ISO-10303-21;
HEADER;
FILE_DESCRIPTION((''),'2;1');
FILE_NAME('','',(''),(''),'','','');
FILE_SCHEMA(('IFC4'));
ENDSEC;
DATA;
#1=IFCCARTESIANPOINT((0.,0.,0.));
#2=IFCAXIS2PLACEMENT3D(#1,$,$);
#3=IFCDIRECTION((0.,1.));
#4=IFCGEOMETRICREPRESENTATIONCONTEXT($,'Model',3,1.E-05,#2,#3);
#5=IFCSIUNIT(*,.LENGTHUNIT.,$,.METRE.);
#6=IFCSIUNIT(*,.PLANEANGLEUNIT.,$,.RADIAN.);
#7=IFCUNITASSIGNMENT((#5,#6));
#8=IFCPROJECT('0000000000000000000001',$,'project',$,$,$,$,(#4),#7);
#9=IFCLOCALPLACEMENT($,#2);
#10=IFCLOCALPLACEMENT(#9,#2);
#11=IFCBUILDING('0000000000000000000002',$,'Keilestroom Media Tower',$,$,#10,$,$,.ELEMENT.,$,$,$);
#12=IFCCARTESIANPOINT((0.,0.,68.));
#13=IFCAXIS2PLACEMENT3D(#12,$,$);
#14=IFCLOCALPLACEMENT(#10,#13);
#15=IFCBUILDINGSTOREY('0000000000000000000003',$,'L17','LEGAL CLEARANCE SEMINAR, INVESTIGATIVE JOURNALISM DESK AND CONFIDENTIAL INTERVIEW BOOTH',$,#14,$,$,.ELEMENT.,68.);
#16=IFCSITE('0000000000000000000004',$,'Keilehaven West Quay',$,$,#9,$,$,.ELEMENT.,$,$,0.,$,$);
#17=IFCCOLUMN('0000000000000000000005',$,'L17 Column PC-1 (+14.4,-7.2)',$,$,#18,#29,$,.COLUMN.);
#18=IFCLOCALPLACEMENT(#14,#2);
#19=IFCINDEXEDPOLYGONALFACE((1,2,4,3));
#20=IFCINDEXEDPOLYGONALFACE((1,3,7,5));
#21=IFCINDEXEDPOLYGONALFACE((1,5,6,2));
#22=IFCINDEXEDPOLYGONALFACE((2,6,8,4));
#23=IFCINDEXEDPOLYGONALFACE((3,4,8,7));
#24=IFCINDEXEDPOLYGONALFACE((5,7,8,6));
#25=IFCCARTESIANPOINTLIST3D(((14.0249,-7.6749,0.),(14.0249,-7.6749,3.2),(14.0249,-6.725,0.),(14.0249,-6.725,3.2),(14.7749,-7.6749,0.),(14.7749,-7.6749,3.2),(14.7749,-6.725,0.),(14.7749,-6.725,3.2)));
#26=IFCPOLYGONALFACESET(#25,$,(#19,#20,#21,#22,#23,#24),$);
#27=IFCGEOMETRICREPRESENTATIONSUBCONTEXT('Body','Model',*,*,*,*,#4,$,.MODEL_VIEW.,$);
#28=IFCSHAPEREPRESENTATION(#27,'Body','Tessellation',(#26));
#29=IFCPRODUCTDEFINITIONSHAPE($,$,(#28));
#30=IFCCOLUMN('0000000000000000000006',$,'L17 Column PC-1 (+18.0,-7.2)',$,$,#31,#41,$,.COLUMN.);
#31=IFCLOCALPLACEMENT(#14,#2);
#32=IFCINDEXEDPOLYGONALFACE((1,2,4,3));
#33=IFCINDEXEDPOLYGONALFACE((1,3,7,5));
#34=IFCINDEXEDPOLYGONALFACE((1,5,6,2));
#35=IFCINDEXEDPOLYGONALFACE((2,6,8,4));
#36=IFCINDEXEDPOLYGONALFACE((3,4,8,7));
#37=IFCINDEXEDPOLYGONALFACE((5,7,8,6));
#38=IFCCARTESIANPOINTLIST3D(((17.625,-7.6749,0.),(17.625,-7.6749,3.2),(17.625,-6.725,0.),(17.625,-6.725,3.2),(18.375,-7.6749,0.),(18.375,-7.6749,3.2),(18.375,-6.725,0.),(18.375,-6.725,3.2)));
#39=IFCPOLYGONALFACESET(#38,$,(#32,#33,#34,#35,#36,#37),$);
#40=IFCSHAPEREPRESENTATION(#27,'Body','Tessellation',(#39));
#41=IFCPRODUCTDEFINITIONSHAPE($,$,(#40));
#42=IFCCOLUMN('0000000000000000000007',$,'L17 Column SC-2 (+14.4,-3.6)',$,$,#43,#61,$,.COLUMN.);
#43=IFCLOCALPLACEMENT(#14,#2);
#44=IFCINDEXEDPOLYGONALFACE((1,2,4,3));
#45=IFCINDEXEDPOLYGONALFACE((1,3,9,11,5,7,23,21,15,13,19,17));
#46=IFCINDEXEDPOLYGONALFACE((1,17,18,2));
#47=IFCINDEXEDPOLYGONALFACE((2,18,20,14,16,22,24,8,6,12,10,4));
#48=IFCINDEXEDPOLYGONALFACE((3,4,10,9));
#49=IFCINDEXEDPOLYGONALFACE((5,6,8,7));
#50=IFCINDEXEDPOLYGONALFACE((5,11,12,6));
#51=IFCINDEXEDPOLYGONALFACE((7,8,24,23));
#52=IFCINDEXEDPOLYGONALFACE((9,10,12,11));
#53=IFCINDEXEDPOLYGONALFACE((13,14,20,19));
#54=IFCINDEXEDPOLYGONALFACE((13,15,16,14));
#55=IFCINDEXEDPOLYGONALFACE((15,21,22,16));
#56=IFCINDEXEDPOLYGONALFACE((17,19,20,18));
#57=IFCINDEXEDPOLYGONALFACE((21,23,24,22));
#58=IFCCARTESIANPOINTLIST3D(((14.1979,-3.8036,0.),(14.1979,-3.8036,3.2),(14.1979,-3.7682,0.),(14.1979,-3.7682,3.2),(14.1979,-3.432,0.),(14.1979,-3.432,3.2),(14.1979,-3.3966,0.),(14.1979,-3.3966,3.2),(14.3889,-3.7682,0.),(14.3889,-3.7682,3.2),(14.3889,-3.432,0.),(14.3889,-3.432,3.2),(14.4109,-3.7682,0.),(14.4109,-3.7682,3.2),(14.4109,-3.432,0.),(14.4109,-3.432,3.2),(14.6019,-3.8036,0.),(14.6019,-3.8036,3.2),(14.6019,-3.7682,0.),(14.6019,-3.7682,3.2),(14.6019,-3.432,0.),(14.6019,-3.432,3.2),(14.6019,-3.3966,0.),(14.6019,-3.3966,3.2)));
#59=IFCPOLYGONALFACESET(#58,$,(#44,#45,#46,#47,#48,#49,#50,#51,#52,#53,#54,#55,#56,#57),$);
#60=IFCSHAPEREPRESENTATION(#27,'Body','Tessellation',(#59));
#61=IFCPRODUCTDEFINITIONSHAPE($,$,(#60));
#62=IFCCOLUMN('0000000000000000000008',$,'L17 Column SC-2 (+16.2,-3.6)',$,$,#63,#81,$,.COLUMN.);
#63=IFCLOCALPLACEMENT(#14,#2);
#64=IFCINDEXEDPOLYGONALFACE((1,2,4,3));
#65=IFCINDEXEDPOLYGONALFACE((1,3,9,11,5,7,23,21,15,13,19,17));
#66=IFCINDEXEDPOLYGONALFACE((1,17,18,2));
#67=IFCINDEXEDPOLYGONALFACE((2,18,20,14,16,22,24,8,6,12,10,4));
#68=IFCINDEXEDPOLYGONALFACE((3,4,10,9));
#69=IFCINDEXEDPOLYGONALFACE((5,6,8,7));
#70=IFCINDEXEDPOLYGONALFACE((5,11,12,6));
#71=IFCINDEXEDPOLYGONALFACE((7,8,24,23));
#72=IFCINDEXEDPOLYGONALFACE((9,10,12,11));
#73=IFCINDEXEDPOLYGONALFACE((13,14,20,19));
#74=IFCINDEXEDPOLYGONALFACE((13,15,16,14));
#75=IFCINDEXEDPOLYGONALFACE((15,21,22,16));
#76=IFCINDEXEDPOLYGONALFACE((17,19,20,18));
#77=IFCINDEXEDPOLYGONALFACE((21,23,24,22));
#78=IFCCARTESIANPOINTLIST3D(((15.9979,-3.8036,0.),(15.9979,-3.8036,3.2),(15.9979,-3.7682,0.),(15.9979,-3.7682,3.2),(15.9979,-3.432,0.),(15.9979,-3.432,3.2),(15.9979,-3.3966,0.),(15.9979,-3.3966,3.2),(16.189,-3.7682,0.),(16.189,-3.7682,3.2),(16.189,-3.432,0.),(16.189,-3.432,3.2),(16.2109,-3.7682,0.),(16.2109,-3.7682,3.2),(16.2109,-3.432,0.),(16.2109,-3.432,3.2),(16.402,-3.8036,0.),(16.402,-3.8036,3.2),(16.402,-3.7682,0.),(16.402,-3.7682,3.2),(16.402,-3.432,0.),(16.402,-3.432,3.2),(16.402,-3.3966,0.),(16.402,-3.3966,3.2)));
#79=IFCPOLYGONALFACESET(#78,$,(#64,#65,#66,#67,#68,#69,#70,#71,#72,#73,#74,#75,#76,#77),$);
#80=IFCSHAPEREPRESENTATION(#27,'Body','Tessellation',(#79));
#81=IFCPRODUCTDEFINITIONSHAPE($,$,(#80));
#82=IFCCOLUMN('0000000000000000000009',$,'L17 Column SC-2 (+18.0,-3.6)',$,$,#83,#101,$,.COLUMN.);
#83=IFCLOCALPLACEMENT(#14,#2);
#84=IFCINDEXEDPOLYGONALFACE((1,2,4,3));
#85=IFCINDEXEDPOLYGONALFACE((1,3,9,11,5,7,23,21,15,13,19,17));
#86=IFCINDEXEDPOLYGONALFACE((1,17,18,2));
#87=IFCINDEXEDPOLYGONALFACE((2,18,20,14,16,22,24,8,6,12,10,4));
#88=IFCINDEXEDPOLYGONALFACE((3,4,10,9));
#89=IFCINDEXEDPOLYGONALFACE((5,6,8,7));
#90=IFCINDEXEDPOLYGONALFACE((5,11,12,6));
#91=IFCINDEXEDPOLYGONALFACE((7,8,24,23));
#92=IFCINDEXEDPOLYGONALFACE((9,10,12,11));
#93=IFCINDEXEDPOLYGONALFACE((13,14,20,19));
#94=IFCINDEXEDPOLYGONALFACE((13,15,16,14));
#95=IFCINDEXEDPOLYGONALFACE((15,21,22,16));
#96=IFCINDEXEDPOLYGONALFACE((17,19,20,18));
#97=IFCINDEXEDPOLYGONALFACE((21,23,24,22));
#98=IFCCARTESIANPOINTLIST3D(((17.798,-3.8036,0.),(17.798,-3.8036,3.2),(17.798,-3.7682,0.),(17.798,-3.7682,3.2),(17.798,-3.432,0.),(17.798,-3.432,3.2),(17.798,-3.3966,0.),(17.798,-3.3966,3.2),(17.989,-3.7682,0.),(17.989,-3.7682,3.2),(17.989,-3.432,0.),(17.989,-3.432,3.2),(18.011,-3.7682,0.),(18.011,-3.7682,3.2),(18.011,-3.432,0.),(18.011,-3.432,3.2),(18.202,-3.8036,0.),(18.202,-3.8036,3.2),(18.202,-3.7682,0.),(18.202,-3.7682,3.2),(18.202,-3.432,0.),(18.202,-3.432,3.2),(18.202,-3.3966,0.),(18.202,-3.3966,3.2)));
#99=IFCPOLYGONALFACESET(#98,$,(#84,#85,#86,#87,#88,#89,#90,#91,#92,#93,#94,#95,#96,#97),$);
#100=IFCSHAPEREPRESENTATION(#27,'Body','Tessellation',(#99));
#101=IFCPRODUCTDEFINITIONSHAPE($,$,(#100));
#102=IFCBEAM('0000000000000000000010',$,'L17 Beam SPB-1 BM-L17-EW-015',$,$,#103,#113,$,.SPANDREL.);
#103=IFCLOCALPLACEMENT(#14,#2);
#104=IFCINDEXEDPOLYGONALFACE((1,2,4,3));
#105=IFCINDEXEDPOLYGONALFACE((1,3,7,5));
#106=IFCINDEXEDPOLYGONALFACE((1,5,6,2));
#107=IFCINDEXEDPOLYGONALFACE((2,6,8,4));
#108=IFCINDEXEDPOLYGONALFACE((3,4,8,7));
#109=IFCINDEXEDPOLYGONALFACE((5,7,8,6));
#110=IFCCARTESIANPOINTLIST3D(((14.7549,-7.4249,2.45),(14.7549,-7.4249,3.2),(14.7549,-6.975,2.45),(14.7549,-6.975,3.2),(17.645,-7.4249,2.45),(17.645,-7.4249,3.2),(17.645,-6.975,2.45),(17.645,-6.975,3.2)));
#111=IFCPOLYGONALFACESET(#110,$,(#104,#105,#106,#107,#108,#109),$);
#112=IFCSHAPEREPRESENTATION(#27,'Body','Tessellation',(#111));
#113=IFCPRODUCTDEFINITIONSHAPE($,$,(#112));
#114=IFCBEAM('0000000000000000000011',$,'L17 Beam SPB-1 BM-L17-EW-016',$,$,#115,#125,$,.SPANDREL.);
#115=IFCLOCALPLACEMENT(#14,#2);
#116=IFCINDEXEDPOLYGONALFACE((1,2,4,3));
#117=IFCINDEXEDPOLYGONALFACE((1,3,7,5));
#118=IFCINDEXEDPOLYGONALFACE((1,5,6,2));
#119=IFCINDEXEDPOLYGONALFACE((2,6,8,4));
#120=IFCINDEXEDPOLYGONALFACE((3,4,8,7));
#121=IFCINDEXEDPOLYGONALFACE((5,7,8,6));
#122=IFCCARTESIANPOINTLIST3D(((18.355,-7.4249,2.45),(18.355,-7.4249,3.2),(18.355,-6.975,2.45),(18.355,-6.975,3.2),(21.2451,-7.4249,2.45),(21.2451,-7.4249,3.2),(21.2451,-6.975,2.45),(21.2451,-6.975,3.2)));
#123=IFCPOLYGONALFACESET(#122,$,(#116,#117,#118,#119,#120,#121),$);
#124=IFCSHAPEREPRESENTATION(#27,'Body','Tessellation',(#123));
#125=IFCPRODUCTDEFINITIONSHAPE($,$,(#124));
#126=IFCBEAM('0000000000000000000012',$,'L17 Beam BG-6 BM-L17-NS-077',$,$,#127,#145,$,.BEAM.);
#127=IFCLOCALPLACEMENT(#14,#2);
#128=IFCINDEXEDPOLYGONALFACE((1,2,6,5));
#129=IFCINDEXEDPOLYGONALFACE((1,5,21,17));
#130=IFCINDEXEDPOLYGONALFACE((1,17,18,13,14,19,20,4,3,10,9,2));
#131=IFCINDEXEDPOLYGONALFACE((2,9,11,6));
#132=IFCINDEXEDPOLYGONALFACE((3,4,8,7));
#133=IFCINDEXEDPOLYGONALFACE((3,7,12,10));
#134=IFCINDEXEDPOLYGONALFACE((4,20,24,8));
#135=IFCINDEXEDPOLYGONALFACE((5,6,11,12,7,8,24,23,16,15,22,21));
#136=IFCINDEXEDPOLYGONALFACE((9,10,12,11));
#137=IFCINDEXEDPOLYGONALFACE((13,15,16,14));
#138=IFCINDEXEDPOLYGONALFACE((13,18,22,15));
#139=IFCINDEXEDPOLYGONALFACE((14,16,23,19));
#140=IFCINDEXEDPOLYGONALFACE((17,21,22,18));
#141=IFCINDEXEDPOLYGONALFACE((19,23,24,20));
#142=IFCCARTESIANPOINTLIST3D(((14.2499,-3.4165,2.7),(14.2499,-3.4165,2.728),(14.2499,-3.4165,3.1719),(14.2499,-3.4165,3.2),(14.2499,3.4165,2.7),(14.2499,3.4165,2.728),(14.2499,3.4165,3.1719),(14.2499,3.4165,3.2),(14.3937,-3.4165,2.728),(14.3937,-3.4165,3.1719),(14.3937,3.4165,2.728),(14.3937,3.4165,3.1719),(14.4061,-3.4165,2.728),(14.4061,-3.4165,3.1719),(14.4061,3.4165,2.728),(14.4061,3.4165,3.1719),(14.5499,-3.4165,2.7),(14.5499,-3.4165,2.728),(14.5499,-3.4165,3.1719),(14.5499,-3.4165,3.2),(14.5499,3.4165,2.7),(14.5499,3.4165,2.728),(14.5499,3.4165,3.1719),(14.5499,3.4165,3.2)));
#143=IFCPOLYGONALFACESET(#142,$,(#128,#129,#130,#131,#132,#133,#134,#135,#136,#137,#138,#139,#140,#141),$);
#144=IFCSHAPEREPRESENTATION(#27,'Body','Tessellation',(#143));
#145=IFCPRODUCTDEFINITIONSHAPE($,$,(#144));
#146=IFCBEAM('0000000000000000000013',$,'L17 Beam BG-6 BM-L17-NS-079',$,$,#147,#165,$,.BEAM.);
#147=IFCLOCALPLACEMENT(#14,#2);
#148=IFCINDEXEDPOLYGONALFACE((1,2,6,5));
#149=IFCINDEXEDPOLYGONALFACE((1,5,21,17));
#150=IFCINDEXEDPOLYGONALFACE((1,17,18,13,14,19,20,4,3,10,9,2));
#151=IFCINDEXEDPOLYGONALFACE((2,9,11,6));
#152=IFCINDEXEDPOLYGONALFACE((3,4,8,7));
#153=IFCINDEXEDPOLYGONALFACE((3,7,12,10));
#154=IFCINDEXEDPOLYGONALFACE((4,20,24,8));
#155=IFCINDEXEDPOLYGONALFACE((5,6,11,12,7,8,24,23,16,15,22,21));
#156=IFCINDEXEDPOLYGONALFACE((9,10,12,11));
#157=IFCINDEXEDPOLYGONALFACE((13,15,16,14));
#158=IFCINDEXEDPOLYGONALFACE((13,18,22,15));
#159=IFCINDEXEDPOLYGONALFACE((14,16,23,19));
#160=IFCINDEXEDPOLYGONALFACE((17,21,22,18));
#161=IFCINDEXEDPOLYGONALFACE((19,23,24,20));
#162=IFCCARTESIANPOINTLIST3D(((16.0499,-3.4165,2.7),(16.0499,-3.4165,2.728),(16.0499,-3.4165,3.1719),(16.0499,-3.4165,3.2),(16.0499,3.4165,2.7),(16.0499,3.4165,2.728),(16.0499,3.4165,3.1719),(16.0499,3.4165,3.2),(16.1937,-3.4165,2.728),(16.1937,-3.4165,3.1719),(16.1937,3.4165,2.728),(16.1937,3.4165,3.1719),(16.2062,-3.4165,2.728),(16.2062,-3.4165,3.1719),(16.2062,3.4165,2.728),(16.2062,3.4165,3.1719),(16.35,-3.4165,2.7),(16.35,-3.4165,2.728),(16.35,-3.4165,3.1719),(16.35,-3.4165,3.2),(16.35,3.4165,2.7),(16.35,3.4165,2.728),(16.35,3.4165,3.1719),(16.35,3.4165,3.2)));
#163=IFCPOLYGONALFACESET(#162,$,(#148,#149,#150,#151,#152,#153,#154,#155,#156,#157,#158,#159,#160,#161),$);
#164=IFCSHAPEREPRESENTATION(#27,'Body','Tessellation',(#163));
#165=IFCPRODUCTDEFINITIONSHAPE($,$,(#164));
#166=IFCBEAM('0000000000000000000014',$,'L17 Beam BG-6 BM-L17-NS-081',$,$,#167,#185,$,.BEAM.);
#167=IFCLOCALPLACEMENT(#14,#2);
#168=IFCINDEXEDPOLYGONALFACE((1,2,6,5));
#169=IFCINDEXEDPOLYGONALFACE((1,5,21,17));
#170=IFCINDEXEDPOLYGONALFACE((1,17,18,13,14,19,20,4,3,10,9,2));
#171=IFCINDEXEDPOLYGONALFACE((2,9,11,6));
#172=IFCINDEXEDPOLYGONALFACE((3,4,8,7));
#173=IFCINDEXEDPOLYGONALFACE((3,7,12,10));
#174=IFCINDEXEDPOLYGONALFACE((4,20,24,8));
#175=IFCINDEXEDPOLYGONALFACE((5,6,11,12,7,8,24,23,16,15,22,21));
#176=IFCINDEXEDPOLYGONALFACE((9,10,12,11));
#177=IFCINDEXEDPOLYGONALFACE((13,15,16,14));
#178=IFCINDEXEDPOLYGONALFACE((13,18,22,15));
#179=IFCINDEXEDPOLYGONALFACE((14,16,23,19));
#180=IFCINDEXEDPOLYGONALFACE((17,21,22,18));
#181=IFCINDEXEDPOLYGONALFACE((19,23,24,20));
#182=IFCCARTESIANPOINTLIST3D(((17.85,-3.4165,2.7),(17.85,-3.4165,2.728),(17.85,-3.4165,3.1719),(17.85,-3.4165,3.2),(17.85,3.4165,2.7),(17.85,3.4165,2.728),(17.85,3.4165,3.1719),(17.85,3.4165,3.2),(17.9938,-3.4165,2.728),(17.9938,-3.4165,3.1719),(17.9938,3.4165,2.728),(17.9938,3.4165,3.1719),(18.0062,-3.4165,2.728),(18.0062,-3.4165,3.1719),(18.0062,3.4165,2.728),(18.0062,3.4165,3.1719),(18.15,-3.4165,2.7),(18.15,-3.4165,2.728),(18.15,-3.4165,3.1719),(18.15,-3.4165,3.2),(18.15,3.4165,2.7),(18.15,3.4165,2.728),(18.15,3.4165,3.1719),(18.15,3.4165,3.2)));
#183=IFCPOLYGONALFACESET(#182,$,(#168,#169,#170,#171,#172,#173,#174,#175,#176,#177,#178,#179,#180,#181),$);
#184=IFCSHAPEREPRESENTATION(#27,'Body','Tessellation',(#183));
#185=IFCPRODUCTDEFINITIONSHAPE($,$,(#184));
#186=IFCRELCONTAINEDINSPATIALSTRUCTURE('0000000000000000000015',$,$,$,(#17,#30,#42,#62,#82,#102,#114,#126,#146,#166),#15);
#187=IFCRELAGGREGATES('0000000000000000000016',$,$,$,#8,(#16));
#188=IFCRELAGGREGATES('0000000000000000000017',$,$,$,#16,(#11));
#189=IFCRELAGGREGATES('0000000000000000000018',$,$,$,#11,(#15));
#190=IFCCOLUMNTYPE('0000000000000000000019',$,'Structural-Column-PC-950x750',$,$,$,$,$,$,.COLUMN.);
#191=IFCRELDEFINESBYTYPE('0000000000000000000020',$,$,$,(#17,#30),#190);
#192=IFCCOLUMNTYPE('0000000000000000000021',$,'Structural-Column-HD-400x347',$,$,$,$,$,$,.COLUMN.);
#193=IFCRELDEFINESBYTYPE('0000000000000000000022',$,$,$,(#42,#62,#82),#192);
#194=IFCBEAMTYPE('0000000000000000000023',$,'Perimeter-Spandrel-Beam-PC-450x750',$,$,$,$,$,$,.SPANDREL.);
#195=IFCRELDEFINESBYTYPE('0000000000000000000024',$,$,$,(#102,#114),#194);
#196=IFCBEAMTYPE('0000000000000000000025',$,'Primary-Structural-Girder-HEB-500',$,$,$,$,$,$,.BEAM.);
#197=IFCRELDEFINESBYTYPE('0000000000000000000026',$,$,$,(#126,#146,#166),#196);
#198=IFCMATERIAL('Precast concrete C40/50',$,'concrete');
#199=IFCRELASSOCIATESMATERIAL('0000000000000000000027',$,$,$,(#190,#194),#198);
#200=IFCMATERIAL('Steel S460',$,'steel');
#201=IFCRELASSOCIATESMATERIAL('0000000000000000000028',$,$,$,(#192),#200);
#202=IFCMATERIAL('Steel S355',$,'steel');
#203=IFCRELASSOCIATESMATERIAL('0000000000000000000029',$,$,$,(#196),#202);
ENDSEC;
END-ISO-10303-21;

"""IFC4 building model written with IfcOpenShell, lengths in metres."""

from ifc_helpers import new_model, si_unit, direction, frame, origin, origin_2d, place, context, subcontext, project, spatial, rectangle, i_section, extrude, source, transform, mapped, material, material_profile, profile_set, type_object, element, save


model = new_model("IFC4")

# Units and contexts
model_context = context("Model", 3, precision=1e-05, world=origin(), true_north=direction((0.0, 1.0)))
body_context = subcontext(model_context, "Body", "Model", "MODEL_VIEW")
ifc_project = project(units=[si_unit("LENGTHUNIT", "METRE"), si_unit("PLANEANGLEUNIT", "RADIAN")], contexts=[model_context])

# Site, building, storey
site_placement = place(None, origin())
site = spatial("IfcSite", under=ifc_project, at=site_placement, Name="Keilehaven West Quay", CompositionType="ELEMENT", RefElevation=0.0)
building_placement = place(site_placement, origin())
building = spatial("IfcBuilding", under=site, at=building_placement, Name="Keilestroom Media Tower", CompositionType="ELEMENT")
storey_placement = place(building_placement, frame((0.0, 0.0, 68.0)))
storey = spatial("IfcBuildingStorey", under=building, at=storey_placement, Name="L17", Description="LEGAL CLEARANCE SEMINAR, INVESTIGATIVE JOURNALISM DESK AND CONFIDENTIAL INTERVIEW BOOTH", CompositionType="ELEMENT", Elevation=68.0)

# Columns
ifc_material_1 = material(Name="Precast concrete C40/50", Category="concrete")
ifc_material_profile_1 = material_profile(ifc_material_1, rectangle(XDim=0.75, YDim=0.95, at=origin_2d()), Name="PC 950x750")
ifc_profile_set_1 = profile_set([ifc_material_profile_1], Name="Precast concrete C40/50")
column_type_1 = type_object("IfcColumnType", Name="Structural-Column-PC-950x750", PredefinedType="COLUMN", material=ifc_profile_set_1)
shared_shape_1 = source(origin(), body_context, "Body", "SweptSolid", [
    extrude(rectangle(XDim=0.75, YDim=0.95, at=origin_2d()), origin(), (0.0, 0.0, 1.0), 3.2),
])
for number, where, z_axis, x_axis, name in (
    (1, (14.3999, -7.2, 0.0), (0.0, 0.0, 1.0), (1.0, 0.0, 0.0), "L17 Column PC-1 (+14.4,-7.2)"),
    (2, (18.0, -7.2, 0.0), (0.0, 0.0, 1.0), (1.0, 0.0, 0.0), "L17 Column PC-1 (+18.0,-7.2)"),
):
    element("IfcColumn", number, at=place(storey_placement, frame(where, z_axis=z_axis, x_axis=x_axis)), inside=storey, type_object=column_type_1, Name=name, PredefinedType="COLUMN", context=body_context, shape_type="MappedRepresentation", body=[
        mapped(shared_shape_1, transform((0.0, 0.0, 0.0), x_axis=(1.0, 0.0, 0.0), y_axis=(0.0, 1.0, 0.0), z_axis=(0.0, 0.0, 1.0), scale=1.0)),
    ])
ifc_material_2 = material(Name="Steel S460", Category="steel")
ifc_material_profile_2 = material_profile(ifc_material_2, i_section(OverallWidth=0.4041, OverallDepth=0.407, WebThickness=0.022, FlangeThickness=0.0354, at=origin_2d()), Name="HD 400x347")
ifc_profile_set_2 = profile_set([ifc_material_profile_2], Name="Steel S460")
column_type_2 = type_object("IfcColumnType", Name="Structural-Column-HD-400x347", PredefinedType="COLUMN", material=ifc_profile_set_2)
shared_shape_2 = source(origin(), body_context, "Body", "SweptSolid", [
    extrude(i_section(OverallWidth=0.4041, OverallDepth=0.407, WebThickness=0.022, FlangeThickness=0.0354, at=origin_2d()), origin(), (0.0, 0.0, 1.0), 3.2),
])
for number, where, z_axis, x_axis, name in (
    (3, (14.3999, -3.6001, 0.0), (0.0, 0.0, 1.0), (1.0, 0.0, 0.0), "L17 Column SC-2 (+14.4,-3.6)"),
    (4, (16.2, -3.6001, 0.0), (0.0, 0.0, 1.0), (1.0, 0.0, 0.0), "L17 Column SC-2 (+16.2,-3.6)"),
    (5, (18.0, -3.6001, 0.0), (0.0, 0.0, 1.0), (1.0, 0.0, 0.0), "L17 Column SC-2 (+18.0,-3.6)"),
):
    element("IfcColumn", number, at=place(storey_placement, frame(where, z_axis=z_axis, x_axis=x_axis)), inside=storey, type_object=column_type_2, Name=name, PredefinedType="COLUMN", context=body_context, shape_type="MappedRepresentation", body=[
        mapped(shared_shape_2, transform((0.0, 0.0, 0.0), x_axis=(1.0, 0.0, 0.0), y_axis=(0.0, 1.0, 0.0), z_axis=(0.0, 0.0, 1.0), scale=1.0)),
    ])

# Beams
ifc_material_profile_3 = material_profile(ifc_material_1, rectangle(XDim=0.45, YDim=0.75, at=origin_2d()), Name="PC 450x750")
ifc_profile_set_3 = profile_set([ifc_material_profile_3], Name="Precast concrete C40/50")
beam_type_1 = type_object("IfcBeamType", Name="Perimeter-Spandrel-Beam-PC-450x750", PredefinedType="SPANDREL", material=ifc_profile_set_3)
shared_shape_3 = source(origin(), body_context, "Body", "SweptSolid", [
    extrude(rectangle(XDim=0.45, YDim=0.75, at=origin_2d()), origin(), (0.0, 0.0, 1.0), 2.8901),
])
for number, where, z_axis, x_axis, name in (
    (6, (14.7549, -7.2, 2.825), (1.0, 0.0, 0.0), (0.0, 1.0, 0.0), "L17 Beam SPB-1 BM-L17-EW-015"),
    (7, (18.355, -7.2, 2.825), (1.0, 0.0, 0.0), (0.0, 1.0, 0.0), "L17 Beam SPB-1 BM-L17-EW-016"),
):
    element("IfcBeam", number, at=place(storey_placement, frame(where, z_axis=z_axis, x_axis=x_axis)), inside=storey, type_object=beam_type_1, Name=name, PredefinedType="SPANDREL", context=body_context, shape_type="MappedRepresentation", body=[
        mapped(shared_shape_3, transform((0.0, 0.0, 0.0), x_axis=(1.0, 0.0, 0.0), y_axis=(0.0, 1.0, 0.0), z_axis=(0.0, 0.0, 1.0), scale=1.0)),
    ])
ifc_material_3 = material(Name="Steel S355", Category="steel")
ifc_material_profile_4 = material_profile(ifc_material_3, i_section(OverallWidth=0.3, OverallDepth=0.5, WebThickness=0.0125, FlangeThickness=0.0281, at=origin_2d()), Name="HEB 500")
ifc_profile_set_4 = profile_set([ifc_material_profile_4], Name="Steel S355")
beam_type_2 = type_object("IfcBeamType", Name="Primary-Structural-Girder-HEB-500", PredefinedType="BEAM", material=ifc_profile_set_4)
shared_shape_4 = source(origin(), body_context, "Body", "SweptSolid", [
    extrude(i_section(OverallWidth=0.3, OverallDepth=0.5, WebThickness=0.0125, FlangeThickness=0.0281, at=origin_2d()), origin(), (0.0, 0.0, 1.0), 6.833),
])
for number, where, z_axis, x_axis, name in (
    (8, (14.3999, -3.4165, 2.95), (0.0, 1.0, 0.0), (-1.0, 0.0, 0.0), "L17 Beam BG-6 BM-L17-NS-077"),
    (9, (16.2, -3.4165, 2.95), (0.0, 1.0, 0.0), (-1.0, 0.0, 0.0), "L17 Beam BG-6 BM-L17-NS-079"),
    (10, (18.0, -3.4165, 2.95), (0.0, 1.0, 0.0), (-1.0, 0.0, 0.0), "L17 Beam BG-6 BM-L17-NS-081"),
):
    element("IfcBeam", number, at=place(storey_placement, frame(where, z_axis=z_axis, x_axis=x_axis)), inside=storey, type_object=beam_type_2, Name=name, PredefinedType="BEAM", context=body_context, shape_type="MappedRepresentation", body=[
        mapped(shared_shape_4, transform((0.0, 0.0, 0.0), x_axis=(1.0, 0.0, 0.0), y_axis=(0.0, 1.0, 0.0), z_axis=(0.0, 0.0, 1.0), scale=1.0)),
    ])

save(model, "model.ifc")
